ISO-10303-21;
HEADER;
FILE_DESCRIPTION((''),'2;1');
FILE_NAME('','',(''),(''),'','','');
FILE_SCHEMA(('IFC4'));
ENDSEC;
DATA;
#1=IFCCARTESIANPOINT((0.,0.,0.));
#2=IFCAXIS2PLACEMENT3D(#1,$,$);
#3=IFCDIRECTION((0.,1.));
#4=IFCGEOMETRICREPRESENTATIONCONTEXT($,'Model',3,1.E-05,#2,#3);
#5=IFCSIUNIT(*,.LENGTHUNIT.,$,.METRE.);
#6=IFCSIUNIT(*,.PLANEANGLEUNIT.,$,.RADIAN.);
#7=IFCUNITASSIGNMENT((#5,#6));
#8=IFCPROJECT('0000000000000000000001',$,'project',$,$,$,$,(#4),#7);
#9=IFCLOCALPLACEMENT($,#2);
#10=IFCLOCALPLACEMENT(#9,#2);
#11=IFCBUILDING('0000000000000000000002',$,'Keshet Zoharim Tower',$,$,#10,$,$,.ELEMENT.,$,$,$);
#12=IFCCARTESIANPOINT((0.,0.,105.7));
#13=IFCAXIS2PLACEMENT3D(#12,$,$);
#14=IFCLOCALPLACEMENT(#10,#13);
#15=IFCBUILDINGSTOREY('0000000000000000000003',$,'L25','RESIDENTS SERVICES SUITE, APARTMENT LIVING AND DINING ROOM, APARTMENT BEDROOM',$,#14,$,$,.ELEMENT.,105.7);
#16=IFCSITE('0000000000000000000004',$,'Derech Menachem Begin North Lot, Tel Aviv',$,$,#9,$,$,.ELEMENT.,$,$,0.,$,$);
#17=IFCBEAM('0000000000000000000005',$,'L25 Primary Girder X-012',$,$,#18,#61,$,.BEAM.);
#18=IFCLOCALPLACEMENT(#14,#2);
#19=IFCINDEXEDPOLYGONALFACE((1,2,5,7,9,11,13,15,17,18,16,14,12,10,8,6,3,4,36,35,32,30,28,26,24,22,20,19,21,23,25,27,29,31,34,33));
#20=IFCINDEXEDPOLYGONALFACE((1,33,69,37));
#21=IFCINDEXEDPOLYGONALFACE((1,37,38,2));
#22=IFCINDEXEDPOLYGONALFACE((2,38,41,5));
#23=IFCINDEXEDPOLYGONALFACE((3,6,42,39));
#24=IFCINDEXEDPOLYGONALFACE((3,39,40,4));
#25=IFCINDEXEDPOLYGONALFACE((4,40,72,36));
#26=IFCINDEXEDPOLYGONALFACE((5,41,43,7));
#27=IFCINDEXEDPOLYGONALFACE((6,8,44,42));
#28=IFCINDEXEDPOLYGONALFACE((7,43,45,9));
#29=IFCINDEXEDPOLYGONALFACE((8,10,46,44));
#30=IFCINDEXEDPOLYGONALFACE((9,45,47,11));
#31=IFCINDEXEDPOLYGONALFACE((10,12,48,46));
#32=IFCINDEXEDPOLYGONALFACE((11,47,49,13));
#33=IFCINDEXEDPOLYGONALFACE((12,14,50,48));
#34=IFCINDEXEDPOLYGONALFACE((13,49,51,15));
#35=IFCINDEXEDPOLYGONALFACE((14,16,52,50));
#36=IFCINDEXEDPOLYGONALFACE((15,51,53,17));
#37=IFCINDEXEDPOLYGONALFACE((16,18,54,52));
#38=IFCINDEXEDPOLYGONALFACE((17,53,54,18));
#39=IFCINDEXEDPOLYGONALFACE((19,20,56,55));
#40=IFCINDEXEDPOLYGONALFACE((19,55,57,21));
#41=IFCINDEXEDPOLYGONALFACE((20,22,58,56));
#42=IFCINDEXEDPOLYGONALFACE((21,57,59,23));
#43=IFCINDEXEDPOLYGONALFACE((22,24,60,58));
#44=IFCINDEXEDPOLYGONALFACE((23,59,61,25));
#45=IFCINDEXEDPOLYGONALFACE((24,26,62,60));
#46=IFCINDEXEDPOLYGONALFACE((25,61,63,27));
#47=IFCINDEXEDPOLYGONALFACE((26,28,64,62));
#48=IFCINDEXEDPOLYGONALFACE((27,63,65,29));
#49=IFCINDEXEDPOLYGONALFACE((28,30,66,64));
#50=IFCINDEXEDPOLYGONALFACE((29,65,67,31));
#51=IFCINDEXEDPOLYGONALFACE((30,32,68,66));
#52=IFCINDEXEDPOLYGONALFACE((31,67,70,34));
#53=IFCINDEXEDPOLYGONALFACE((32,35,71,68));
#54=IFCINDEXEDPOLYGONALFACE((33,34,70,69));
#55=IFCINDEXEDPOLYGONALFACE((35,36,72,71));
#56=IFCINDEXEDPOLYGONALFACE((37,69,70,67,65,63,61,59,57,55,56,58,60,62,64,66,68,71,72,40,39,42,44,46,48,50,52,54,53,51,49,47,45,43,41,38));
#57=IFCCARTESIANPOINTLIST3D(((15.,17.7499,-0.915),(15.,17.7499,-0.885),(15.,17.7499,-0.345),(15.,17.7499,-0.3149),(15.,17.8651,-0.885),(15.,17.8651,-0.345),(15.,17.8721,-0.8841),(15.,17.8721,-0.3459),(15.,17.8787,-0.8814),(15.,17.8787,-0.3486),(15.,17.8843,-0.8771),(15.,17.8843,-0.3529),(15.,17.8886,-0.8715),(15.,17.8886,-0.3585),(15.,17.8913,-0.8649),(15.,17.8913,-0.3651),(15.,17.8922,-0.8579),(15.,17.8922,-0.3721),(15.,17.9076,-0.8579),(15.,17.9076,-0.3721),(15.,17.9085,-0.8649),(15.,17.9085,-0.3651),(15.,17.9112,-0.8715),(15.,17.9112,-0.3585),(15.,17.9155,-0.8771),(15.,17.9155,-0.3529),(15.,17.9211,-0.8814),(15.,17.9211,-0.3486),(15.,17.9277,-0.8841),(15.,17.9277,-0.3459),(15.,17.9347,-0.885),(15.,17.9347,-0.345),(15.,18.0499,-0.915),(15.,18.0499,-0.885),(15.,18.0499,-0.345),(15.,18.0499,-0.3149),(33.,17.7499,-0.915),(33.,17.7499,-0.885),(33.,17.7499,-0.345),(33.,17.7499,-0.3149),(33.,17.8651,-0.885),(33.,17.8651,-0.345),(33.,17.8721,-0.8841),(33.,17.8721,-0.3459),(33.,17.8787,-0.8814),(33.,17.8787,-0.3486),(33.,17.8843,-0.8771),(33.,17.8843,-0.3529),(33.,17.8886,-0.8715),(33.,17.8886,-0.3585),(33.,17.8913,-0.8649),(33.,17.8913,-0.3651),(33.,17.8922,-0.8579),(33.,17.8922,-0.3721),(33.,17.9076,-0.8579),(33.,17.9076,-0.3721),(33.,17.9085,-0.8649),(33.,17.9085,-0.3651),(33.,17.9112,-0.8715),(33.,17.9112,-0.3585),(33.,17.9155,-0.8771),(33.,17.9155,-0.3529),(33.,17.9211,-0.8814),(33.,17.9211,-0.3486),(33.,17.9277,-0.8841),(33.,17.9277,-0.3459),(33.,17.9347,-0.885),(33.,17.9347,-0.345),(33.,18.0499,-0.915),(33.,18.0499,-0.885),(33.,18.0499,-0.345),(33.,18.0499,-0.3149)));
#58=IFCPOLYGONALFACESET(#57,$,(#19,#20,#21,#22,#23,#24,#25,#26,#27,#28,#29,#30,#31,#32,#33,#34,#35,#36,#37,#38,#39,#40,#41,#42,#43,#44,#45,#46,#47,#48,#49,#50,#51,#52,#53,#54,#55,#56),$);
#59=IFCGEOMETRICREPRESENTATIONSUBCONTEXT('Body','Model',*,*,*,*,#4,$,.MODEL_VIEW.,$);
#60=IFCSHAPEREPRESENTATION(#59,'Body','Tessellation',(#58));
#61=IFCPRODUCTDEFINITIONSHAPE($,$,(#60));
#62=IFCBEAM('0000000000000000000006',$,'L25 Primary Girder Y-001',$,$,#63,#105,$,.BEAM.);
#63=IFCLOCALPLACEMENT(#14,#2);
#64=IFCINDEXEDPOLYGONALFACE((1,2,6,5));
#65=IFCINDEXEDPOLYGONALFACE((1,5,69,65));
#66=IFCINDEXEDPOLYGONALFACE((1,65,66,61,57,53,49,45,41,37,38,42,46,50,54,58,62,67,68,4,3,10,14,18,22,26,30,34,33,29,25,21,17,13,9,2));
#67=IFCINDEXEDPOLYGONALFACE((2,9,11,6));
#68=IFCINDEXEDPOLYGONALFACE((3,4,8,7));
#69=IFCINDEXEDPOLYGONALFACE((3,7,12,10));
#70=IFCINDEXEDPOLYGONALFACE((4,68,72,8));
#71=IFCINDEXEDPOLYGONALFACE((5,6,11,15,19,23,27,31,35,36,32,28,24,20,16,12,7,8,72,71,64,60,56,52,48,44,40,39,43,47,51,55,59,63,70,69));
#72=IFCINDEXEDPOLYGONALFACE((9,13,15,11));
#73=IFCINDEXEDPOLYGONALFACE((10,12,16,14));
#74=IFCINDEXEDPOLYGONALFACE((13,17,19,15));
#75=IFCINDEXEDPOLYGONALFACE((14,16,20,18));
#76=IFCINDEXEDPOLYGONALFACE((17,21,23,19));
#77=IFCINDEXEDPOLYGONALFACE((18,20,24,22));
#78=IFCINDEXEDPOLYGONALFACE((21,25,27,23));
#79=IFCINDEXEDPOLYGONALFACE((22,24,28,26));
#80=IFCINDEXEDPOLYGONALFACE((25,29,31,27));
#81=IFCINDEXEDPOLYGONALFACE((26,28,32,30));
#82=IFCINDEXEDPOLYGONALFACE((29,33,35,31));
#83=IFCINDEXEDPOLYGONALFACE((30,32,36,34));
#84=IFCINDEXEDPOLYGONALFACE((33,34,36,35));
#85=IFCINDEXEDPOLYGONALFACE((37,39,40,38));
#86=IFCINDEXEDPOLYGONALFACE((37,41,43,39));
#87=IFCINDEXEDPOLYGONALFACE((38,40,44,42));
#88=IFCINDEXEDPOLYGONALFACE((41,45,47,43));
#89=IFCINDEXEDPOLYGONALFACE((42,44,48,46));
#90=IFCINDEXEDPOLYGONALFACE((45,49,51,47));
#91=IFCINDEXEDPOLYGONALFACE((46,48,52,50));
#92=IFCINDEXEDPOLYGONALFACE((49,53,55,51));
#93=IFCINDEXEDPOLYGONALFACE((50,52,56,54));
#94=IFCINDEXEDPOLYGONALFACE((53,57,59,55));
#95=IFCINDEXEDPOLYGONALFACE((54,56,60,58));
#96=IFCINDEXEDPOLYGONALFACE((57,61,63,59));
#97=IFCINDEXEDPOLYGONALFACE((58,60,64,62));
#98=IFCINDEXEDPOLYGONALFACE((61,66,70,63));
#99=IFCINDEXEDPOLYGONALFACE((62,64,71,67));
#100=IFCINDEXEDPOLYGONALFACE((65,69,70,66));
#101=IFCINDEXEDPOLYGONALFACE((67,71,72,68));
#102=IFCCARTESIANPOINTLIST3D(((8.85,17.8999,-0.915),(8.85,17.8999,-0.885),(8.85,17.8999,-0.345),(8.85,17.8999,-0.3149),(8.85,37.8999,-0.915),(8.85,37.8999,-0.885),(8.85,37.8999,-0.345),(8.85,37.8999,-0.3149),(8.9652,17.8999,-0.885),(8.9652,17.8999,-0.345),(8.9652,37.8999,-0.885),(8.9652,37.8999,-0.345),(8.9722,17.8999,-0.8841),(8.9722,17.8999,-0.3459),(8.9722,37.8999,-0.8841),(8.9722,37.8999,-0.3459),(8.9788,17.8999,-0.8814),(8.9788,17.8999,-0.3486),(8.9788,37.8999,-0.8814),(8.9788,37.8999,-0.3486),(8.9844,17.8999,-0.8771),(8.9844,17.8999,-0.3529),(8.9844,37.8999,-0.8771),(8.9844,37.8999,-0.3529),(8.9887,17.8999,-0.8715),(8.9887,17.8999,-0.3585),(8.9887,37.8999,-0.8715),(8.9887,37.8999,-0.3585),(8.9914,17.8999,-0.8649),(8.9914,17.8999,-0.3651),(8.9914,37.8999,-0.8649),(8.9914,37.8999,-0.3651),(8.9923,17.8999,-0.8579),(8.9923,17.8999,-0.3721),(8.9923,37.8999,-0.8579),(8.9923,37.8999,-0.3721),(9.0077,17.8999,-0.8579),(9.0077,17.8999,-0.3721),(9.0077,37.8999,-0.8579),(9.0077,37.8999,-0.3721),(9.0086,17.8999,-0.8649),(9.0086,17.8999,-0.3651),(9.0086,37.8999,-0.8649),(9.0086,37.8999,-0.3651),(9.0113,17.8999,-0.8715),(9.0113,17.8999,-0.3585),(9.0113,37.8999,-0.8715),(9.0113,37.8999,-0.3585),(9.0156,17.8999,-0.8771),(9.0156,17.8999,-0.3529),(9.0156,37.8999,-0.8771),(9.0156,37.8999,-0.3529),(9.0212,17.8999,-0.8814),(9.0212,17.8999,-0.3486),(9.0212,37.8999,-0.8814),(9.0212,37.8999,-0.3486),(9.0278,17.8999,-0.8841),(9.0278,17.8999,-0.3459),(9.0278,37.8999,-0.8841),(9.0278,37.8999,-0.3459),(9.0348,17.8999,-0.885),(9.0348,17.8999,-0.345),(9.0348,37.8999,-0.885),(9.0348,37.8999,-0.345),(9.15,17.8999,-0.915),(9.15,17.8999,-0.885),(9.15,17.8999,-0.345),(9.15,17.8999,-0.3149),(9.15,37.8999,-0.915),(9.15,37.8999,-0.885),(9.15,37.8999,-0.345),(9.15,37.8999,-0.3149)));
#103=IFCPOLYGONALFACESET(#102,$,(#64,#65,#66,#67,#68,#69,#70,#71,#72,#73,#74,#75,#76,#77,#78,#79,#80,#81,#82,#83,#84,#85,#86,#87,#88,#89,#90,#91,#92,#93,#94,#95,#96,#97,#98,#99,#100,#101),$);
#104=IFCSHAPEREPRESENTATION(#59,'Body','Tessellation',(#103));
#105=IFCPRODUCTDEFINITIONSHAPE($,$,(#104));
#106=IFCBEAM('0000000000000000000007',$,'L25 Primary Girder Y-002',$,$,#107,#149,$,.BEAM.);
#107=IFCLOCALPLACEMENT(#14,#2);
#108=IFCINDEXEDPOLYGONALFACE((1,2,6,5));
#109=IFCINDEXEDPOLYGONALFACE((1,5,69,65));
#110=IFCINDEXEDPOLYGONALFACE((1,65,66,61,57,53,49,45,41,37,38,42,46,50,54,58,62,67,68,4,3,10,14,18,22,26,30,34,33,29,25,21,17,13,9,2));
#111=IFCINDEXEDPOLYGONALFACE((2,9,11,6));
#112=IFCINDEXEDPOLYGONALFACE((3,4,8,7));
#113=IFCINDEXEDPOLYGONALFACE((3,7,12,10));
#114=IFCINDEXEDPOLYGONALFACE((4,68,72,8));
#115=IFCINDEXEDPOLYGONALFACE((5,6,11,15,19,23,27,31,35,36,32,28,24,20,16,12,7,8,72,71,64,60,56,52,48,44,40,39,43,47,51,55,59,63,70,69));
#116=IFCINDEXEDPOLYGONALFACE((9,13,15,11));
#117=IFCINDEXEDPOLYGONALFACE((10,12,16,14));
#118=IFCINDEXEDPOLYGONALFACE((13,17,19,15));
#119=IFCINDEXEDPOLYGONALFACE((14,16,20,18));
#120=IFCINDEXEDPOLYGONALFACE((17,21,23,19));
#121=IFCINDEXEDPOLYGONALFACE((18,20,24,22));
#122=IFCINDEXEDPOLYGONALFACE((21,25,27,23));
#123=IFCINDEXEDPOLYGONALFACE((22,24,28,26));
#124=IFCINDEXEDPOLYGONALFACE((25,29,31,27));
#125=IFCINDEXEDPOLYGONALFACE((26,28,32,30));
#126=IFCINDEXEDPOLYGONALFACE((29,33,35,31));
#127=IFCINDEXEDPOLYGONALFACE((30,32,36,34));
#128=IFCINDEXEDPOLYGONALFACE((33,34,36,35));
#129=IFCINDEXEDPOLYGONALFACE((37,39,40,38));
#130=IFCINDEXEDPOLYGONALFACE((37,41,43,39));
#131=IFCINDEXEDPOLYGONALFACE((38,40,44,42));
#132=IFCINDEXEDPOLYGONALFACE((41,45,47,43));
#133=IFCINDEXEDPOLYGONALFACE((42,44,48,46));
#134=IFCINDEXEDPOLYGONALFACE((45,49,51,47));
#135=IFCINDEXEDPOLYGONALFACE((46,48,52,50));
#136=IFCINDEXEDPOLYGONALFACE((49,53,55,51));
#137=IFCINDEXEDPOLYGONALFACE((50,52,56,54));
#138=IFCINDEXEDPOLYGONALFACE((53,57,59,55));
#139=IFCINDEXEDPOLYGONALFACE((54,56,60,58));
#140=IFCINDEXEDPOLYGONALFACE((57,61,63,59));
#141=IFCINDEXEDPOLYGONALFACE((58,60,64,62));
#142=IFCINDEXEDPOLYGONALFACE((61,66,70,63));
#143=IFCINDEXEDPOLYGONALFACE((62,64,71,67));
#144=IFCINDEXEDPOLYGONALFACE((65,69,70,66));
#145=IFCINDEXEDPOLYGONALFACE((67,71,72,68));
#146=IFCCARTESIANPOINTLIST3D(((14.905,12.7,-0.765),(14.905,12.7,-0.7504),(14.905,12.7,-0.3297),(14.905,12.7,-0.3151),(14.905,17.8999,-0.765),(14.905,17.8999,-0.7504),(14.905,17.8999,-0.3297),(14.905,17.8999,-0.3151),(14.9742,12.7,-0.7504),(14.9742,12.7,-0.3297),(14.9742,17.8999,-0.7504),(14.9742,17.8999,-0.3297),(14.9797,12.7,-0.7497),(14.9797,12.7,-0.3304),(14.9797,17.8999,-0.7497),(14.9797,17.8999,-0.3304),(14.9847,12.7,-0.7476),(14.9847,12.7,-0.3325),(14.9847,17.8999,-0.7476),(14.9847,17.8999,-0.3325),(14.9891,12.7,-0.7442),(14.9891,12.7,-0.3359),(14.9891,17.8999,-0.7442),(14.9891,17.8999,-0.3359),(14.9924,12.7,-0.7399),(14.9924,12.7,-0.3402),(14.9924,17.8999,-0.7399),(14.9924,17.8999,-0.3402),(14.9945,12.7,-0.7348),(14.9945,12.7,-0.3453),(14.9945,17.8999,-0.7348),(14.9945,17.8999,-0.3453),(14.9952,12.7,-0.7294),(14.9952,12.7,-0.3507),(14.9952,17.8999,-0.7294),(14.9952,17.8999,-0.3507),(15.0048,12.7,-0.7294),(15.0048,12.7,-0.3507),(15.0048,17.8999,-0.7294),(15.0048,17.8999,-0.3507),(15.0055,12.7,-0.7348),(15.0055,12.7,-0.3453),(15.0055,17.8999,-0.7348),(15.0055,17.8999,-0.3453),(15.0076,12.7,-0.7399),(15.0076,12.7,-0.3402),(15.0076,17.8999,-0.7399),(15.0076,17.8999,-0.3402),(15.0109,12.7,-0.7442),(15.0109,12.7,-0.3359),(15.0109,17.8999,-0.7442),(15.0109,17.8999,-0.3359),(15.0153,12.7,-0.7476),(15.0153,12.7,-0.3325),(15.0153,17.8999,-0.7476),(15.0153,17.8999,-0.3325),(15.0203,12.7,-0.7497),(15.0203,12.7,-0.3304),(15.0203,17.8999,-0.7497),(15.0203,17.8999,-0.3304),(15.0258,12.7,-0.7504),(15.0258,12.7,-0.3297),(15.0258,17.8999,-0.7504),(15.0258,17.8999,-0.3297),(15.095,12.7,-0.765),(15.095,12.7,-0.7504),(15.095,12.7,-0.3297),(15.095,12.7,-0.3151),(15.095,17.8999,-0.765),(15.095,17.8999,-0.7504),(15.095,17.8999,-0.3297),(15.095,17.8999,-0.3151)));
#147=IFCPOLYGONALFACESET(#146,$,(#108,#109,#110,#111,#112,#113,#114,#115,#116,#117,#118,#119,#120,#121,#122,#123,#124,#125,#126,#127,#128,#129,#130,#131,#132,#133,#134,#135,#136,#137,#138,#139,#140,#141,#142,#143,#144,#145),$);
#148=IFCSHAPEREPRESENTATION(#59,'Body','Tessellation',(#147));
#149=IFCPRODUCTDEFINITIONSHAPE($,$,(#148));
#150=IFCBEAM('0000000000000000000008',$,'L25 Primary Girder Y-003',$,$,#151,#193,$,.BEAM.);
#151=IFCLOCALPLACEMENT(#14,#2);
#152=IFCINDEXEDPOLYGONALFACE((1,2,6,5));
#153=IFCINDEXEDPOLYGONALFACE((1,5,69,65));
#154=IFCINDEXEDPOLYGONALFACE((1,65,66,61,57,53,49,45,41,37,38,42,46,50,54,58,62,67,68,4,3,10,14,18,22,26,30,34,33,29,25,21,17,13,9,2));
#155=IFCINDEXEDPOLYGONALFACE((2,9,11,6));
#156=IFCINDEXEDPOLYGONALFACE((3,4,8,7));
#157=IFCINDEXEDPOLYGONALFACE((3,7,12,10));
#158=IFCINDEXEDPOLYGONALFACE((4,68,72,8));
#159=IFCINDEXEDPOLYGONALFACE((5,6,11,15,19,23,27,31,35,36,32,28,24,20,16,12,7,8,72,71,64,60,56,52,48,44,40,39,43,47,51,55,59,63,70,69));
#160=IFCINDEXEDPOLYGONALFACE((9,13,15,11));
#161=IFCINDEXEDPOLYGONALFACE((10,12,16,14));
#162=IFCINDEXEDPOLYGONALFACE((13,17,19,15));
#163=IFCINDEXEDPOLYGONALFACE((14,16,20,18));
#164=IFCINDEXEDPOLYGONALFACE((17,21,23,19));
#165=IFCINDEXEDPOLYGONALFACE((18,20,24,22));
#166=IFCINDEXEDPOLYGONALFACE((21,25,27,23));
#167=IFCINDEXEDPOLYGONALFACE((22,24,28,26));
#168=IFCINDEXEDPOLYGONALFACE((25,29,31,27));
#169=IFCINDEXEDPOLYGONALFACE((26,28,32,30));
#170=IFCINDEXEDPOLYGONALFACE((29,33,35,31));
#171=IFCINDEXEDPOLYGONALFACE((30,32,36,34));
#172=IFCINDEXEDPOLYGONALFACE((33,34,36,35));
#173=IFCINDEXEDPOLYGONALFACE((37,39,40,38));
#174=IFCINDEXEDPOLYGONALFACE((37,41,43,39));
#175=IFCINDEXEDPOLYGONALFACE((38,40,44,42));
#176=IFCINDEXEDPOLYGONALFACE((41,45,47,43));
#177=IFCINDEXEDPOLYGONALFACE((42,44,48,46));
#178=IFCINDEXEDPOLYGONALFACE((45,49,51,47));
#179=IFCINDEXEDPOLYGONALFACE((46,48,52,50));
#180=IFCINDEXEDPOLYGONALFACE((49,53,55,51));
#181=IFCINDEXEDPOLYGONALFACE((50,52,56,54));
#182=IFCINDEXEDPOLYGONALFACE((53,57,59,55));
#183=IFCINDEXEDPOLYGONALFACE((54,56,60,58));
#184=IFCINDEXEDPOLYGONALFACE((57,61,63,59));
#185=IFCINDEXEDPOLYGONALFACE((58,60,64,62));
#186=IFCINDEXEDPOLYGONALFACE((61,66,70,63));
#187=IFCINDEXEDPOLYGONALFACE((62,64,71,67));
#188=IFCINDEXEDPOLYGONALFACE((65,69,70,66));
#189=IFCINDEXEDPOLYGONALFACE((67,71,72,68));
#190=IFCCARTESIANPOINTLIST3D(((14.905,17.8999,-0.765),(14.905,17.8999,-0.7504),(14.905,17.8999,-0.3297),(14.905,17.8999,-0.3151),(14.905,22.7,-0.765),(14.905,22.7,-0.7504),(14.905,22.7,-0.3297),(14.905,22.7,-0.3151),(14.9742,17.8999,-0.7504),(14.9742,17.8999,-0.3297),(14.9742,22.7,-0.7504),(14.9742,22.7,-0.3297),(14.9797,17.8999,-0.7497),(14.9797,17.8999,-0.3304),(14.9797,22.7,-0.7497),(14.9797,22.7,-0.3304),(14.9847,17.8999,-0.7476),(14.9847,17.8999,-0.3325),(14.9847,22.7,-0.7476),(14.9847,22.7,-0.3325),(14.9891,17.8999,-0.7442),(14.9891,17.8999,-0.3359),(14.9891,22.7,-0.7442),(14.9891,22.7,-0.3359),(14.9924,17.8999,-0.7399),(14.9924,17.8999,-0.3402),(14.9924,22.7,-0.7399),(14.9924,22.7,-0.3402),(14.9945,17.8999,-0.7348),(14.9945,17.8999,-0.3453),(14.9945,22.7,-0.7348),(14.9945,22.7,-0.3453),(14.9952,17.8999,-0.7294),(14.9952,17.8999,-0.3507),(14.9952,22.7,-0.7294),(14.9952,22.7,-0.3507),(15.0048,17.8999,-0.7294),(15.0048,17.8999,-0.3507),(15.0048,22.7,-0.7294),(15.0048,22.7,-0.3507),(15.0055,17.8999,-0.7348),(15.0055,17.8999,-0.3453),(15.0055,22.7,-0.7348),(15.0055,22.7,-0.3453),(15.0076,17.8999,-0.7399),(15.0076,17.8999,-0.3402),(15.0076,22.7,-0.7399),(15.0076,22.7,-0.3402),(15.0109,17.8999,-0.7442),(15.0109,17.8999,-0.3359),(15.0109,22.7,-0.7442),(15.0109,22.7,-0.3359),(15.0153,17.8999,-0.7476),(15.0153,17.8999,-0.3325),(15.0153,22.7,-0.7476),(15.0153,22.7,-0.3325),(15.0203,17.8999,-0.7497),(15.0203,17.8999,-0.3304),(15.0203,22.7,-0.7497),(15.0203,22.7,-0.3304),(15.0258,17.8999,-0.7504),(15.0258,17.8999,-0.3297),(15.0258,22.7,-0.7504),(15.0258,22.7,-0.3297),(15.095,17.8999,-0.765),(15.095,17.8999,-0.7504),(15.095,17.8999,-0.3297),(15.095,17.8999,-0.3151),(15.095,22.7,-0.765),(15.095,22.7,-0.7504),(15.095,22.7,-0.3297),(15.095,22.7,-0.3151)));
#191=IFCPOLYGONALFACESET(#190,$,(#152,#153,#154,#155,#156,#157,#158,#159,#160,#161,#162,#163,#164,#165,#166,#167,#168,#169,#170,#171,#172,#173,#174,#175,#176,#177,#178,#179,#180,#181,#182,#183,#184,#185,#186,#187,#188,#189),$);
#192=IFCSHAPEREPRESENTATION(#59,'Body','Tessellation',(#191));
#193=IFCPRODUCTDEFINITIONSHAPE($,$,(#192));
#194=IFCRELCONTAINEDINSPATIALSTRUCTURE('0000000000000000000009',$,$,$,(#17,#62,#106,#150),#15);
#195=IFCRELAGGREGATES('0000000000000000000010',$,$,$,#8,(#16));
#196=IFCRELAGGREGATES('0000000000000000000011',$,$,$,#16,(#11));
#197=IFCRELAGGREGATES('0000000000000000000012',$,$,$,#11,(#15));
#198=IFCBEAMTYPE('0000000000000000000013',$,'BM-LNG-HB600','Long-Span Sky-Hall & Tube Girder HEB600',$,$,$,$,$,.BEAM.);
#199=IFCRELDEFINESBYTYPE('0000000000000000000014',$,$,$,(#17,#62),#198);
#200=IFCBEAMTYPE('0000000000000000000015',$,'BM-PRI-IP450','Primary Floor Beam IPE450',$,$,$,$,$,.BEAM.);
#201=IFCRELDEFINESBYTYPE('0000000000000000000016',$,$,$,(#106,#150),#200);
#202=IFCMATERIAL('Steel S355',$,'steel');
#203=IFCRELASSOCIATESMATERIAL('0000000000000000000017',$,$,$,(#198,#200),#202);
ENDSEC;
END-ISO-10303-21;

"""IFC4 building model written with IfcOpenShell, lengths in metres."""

from ifc_helpers import new_model, si_unit, direction, frame, origin, origin_2d, place, context, subcontext, project, spatial, i_section, extrude, material, material_profile, profile_set, type_object, element, save


model = new_model("IFC4")

# Units and contexts
model_context = context("Model", 3, precision=1e-05, world=origin(), true_north=direction((0.0, 1.0)))
body_context = subcontext(model_context, "Body", "Model", "MODEL_VIEW")
ifc_project = project(units=[si_unit("LENGTHUNIT", "METRE"), si_unit("PLANEANGLEUNIT", "RADIAN")], contexts=[model_context])

# Site, building, storey
site_placement = place(None, origin())
site = spatial("IfcSite", under=ifc_project, at=site_placement, Name="Derech Menachem Begin North Lot, Tel Aviv", CompositionType="ELEMENT", RefElevation=0.0)
building_placement = place(site_placement, origin())
building = spatial("IfcBuilding", under=site, at=building_placement, Name="Keshet Zoharim Tower", CompositionType="ELEMENT")
storey_placement = place(building_placement, frame((0.0, 0.0, 105.7)))
storey = spatial("IfcBuildingStorey", under=building, at=storey_placement, Name="L25", Description="RESIDENTS SERVICES SUITE, APARTMENT LIVING AND DINING ROOM, APARTMENT BEDROOM", CompositionType="ELEMENT", Elevation=105.7)

# Shared definitions
ifc_material_1 = material(Name="Steel S355", Category="steel")

# Beams
ifc_material_profile_1 = material_profile(ifc_material_1, i_section(OverallWidth=0.3, OverallDepth=0.6001, WebThickness=0.0154, FlangeThickness=0.03, FilletRadius=0.0271, at=origin_2d()), Name="HEB600")
ifc_profile_set_1 = profile_set([ifc_material_profile_1], Name="Steel S355")
beam_type_1 = type_object("IfcBeamType", Name="BM-LNG-HB600", Description="Long-Span Sky-Hall & Tube Girder HEB600", PredefinedType="BEAM", material=ifc_profile_set_1)
for number, where, z_axis, x_axis, name in (
    (1, (15.0, 17.8999, -0.615), (1.0, 0.0, 0.0), (0.0, 1.0, 0.0), "L25 Primary Girder X-012"),
):
    element("IfcBeam", number, at=place(storey_placement, frame(where, z_axis=z_axis, x_axis=x_axis)), inside=storey, type_object=beam_type_1, Name=name, PredefinedType="BEAM", context=body_context, shape_type="SweptSolid", body=[
        extrude(i_section(OverallWidth=0.3, OverallDepth=0.6001, WebThickness=0.0154, FlangeThickness=0.03, FilletRadius=0.0271, at=origin_2d()), origin(), (0.0, 0.0, 1.0), 18.0),
    ])
beam_1_placement = place(storey_placement, frame((9.0, 17.8999, -0.615), z_axis=(0.0, 1.0, 0.0), x_axis=(-1.0, 0.0, 0.0)))
element("IfcBeam", 2, at=beam_1_placement, inside=storey, type_object=beam_type_1, Name="L25 Primary Girder Y-001", PredefinedType="BEAM", context=body_context, shape_type="SweptSolid", body=[
    extrude(i_section(OverallWidth=0.3, OverallDepth=0.6001, WebThickness=0.0154, FlangeThickness=0.03, FilletRadius=0.0271, at=origin_2d()), origin(), (0.0, 0.0, 1.0), 20.0),
])
ifc_material_profile_2 = material_profile(ifc_material_1, i_section(OverallWidth=0.1899, OverallDepth=0.45, WebThickness=0.0095, FlangeThickness=0.0146, FilletRadius=0.021, at=origin_2d()), Name="IPE450")
ifc_profile_set_2 = profile_set([ifc_material_profile_2], Name="Steel S355")
beam_type_2 = type_object("IfcBeamType", Name="BM-PRI-IP450", Description="Primary Floor Beam IPE450", PredefinedType="BEAM", material=ifc_profile_set_2)
beam_2_placement = place(storey_placement, frame((15.0, 12.7, -0.54), z_axis=(0.0, 1.0, 0.0), x_axis=(-1.0, 0.0, 0.0)))
element("IfcBeam", 3, at=beam_2_placement, inside=storey, type_object=beam_type_2, Name="L25 Primary Girder Y-002", PredefinedType="BEAM", context=body_context, shape_type="SweptSolid", body=[
    extrude(i_section(OverallWidth=0.1899, OverallDepth=0.45, WebThickness=0.0095, FlangeThickness=0.0146, FilletRadius=0.021, at=origin_2d()), origin(), (0.0, 0.0, 1.0), 5.2),
])
beam_3_placement = place(storey_placement, frame((15.0, 17.8999, -0.54), z_axis=(0.0, 1.0, 0.0), x_axis=(-1.0, 0.0, 0.0)))
element("IfcBeam", 4, at=beam_3_placement, inside=storey, type_object=beam_type_2, Name="L25 Primary Girder Y-003", PredefinedType="BEAM", context=body_context, shape_type="SweptSolid", body=[
    extrude(i_section(OverallWidth=0.1899, OverallDepth=0.45, WebThickness=0.0095, FlangeThickness=0.0146, FilletRadius=0.021, at=origin_2d()), origin(), (0.0, 0.0, 1.0), 4.8),
])

save(model, "model.ifc")
